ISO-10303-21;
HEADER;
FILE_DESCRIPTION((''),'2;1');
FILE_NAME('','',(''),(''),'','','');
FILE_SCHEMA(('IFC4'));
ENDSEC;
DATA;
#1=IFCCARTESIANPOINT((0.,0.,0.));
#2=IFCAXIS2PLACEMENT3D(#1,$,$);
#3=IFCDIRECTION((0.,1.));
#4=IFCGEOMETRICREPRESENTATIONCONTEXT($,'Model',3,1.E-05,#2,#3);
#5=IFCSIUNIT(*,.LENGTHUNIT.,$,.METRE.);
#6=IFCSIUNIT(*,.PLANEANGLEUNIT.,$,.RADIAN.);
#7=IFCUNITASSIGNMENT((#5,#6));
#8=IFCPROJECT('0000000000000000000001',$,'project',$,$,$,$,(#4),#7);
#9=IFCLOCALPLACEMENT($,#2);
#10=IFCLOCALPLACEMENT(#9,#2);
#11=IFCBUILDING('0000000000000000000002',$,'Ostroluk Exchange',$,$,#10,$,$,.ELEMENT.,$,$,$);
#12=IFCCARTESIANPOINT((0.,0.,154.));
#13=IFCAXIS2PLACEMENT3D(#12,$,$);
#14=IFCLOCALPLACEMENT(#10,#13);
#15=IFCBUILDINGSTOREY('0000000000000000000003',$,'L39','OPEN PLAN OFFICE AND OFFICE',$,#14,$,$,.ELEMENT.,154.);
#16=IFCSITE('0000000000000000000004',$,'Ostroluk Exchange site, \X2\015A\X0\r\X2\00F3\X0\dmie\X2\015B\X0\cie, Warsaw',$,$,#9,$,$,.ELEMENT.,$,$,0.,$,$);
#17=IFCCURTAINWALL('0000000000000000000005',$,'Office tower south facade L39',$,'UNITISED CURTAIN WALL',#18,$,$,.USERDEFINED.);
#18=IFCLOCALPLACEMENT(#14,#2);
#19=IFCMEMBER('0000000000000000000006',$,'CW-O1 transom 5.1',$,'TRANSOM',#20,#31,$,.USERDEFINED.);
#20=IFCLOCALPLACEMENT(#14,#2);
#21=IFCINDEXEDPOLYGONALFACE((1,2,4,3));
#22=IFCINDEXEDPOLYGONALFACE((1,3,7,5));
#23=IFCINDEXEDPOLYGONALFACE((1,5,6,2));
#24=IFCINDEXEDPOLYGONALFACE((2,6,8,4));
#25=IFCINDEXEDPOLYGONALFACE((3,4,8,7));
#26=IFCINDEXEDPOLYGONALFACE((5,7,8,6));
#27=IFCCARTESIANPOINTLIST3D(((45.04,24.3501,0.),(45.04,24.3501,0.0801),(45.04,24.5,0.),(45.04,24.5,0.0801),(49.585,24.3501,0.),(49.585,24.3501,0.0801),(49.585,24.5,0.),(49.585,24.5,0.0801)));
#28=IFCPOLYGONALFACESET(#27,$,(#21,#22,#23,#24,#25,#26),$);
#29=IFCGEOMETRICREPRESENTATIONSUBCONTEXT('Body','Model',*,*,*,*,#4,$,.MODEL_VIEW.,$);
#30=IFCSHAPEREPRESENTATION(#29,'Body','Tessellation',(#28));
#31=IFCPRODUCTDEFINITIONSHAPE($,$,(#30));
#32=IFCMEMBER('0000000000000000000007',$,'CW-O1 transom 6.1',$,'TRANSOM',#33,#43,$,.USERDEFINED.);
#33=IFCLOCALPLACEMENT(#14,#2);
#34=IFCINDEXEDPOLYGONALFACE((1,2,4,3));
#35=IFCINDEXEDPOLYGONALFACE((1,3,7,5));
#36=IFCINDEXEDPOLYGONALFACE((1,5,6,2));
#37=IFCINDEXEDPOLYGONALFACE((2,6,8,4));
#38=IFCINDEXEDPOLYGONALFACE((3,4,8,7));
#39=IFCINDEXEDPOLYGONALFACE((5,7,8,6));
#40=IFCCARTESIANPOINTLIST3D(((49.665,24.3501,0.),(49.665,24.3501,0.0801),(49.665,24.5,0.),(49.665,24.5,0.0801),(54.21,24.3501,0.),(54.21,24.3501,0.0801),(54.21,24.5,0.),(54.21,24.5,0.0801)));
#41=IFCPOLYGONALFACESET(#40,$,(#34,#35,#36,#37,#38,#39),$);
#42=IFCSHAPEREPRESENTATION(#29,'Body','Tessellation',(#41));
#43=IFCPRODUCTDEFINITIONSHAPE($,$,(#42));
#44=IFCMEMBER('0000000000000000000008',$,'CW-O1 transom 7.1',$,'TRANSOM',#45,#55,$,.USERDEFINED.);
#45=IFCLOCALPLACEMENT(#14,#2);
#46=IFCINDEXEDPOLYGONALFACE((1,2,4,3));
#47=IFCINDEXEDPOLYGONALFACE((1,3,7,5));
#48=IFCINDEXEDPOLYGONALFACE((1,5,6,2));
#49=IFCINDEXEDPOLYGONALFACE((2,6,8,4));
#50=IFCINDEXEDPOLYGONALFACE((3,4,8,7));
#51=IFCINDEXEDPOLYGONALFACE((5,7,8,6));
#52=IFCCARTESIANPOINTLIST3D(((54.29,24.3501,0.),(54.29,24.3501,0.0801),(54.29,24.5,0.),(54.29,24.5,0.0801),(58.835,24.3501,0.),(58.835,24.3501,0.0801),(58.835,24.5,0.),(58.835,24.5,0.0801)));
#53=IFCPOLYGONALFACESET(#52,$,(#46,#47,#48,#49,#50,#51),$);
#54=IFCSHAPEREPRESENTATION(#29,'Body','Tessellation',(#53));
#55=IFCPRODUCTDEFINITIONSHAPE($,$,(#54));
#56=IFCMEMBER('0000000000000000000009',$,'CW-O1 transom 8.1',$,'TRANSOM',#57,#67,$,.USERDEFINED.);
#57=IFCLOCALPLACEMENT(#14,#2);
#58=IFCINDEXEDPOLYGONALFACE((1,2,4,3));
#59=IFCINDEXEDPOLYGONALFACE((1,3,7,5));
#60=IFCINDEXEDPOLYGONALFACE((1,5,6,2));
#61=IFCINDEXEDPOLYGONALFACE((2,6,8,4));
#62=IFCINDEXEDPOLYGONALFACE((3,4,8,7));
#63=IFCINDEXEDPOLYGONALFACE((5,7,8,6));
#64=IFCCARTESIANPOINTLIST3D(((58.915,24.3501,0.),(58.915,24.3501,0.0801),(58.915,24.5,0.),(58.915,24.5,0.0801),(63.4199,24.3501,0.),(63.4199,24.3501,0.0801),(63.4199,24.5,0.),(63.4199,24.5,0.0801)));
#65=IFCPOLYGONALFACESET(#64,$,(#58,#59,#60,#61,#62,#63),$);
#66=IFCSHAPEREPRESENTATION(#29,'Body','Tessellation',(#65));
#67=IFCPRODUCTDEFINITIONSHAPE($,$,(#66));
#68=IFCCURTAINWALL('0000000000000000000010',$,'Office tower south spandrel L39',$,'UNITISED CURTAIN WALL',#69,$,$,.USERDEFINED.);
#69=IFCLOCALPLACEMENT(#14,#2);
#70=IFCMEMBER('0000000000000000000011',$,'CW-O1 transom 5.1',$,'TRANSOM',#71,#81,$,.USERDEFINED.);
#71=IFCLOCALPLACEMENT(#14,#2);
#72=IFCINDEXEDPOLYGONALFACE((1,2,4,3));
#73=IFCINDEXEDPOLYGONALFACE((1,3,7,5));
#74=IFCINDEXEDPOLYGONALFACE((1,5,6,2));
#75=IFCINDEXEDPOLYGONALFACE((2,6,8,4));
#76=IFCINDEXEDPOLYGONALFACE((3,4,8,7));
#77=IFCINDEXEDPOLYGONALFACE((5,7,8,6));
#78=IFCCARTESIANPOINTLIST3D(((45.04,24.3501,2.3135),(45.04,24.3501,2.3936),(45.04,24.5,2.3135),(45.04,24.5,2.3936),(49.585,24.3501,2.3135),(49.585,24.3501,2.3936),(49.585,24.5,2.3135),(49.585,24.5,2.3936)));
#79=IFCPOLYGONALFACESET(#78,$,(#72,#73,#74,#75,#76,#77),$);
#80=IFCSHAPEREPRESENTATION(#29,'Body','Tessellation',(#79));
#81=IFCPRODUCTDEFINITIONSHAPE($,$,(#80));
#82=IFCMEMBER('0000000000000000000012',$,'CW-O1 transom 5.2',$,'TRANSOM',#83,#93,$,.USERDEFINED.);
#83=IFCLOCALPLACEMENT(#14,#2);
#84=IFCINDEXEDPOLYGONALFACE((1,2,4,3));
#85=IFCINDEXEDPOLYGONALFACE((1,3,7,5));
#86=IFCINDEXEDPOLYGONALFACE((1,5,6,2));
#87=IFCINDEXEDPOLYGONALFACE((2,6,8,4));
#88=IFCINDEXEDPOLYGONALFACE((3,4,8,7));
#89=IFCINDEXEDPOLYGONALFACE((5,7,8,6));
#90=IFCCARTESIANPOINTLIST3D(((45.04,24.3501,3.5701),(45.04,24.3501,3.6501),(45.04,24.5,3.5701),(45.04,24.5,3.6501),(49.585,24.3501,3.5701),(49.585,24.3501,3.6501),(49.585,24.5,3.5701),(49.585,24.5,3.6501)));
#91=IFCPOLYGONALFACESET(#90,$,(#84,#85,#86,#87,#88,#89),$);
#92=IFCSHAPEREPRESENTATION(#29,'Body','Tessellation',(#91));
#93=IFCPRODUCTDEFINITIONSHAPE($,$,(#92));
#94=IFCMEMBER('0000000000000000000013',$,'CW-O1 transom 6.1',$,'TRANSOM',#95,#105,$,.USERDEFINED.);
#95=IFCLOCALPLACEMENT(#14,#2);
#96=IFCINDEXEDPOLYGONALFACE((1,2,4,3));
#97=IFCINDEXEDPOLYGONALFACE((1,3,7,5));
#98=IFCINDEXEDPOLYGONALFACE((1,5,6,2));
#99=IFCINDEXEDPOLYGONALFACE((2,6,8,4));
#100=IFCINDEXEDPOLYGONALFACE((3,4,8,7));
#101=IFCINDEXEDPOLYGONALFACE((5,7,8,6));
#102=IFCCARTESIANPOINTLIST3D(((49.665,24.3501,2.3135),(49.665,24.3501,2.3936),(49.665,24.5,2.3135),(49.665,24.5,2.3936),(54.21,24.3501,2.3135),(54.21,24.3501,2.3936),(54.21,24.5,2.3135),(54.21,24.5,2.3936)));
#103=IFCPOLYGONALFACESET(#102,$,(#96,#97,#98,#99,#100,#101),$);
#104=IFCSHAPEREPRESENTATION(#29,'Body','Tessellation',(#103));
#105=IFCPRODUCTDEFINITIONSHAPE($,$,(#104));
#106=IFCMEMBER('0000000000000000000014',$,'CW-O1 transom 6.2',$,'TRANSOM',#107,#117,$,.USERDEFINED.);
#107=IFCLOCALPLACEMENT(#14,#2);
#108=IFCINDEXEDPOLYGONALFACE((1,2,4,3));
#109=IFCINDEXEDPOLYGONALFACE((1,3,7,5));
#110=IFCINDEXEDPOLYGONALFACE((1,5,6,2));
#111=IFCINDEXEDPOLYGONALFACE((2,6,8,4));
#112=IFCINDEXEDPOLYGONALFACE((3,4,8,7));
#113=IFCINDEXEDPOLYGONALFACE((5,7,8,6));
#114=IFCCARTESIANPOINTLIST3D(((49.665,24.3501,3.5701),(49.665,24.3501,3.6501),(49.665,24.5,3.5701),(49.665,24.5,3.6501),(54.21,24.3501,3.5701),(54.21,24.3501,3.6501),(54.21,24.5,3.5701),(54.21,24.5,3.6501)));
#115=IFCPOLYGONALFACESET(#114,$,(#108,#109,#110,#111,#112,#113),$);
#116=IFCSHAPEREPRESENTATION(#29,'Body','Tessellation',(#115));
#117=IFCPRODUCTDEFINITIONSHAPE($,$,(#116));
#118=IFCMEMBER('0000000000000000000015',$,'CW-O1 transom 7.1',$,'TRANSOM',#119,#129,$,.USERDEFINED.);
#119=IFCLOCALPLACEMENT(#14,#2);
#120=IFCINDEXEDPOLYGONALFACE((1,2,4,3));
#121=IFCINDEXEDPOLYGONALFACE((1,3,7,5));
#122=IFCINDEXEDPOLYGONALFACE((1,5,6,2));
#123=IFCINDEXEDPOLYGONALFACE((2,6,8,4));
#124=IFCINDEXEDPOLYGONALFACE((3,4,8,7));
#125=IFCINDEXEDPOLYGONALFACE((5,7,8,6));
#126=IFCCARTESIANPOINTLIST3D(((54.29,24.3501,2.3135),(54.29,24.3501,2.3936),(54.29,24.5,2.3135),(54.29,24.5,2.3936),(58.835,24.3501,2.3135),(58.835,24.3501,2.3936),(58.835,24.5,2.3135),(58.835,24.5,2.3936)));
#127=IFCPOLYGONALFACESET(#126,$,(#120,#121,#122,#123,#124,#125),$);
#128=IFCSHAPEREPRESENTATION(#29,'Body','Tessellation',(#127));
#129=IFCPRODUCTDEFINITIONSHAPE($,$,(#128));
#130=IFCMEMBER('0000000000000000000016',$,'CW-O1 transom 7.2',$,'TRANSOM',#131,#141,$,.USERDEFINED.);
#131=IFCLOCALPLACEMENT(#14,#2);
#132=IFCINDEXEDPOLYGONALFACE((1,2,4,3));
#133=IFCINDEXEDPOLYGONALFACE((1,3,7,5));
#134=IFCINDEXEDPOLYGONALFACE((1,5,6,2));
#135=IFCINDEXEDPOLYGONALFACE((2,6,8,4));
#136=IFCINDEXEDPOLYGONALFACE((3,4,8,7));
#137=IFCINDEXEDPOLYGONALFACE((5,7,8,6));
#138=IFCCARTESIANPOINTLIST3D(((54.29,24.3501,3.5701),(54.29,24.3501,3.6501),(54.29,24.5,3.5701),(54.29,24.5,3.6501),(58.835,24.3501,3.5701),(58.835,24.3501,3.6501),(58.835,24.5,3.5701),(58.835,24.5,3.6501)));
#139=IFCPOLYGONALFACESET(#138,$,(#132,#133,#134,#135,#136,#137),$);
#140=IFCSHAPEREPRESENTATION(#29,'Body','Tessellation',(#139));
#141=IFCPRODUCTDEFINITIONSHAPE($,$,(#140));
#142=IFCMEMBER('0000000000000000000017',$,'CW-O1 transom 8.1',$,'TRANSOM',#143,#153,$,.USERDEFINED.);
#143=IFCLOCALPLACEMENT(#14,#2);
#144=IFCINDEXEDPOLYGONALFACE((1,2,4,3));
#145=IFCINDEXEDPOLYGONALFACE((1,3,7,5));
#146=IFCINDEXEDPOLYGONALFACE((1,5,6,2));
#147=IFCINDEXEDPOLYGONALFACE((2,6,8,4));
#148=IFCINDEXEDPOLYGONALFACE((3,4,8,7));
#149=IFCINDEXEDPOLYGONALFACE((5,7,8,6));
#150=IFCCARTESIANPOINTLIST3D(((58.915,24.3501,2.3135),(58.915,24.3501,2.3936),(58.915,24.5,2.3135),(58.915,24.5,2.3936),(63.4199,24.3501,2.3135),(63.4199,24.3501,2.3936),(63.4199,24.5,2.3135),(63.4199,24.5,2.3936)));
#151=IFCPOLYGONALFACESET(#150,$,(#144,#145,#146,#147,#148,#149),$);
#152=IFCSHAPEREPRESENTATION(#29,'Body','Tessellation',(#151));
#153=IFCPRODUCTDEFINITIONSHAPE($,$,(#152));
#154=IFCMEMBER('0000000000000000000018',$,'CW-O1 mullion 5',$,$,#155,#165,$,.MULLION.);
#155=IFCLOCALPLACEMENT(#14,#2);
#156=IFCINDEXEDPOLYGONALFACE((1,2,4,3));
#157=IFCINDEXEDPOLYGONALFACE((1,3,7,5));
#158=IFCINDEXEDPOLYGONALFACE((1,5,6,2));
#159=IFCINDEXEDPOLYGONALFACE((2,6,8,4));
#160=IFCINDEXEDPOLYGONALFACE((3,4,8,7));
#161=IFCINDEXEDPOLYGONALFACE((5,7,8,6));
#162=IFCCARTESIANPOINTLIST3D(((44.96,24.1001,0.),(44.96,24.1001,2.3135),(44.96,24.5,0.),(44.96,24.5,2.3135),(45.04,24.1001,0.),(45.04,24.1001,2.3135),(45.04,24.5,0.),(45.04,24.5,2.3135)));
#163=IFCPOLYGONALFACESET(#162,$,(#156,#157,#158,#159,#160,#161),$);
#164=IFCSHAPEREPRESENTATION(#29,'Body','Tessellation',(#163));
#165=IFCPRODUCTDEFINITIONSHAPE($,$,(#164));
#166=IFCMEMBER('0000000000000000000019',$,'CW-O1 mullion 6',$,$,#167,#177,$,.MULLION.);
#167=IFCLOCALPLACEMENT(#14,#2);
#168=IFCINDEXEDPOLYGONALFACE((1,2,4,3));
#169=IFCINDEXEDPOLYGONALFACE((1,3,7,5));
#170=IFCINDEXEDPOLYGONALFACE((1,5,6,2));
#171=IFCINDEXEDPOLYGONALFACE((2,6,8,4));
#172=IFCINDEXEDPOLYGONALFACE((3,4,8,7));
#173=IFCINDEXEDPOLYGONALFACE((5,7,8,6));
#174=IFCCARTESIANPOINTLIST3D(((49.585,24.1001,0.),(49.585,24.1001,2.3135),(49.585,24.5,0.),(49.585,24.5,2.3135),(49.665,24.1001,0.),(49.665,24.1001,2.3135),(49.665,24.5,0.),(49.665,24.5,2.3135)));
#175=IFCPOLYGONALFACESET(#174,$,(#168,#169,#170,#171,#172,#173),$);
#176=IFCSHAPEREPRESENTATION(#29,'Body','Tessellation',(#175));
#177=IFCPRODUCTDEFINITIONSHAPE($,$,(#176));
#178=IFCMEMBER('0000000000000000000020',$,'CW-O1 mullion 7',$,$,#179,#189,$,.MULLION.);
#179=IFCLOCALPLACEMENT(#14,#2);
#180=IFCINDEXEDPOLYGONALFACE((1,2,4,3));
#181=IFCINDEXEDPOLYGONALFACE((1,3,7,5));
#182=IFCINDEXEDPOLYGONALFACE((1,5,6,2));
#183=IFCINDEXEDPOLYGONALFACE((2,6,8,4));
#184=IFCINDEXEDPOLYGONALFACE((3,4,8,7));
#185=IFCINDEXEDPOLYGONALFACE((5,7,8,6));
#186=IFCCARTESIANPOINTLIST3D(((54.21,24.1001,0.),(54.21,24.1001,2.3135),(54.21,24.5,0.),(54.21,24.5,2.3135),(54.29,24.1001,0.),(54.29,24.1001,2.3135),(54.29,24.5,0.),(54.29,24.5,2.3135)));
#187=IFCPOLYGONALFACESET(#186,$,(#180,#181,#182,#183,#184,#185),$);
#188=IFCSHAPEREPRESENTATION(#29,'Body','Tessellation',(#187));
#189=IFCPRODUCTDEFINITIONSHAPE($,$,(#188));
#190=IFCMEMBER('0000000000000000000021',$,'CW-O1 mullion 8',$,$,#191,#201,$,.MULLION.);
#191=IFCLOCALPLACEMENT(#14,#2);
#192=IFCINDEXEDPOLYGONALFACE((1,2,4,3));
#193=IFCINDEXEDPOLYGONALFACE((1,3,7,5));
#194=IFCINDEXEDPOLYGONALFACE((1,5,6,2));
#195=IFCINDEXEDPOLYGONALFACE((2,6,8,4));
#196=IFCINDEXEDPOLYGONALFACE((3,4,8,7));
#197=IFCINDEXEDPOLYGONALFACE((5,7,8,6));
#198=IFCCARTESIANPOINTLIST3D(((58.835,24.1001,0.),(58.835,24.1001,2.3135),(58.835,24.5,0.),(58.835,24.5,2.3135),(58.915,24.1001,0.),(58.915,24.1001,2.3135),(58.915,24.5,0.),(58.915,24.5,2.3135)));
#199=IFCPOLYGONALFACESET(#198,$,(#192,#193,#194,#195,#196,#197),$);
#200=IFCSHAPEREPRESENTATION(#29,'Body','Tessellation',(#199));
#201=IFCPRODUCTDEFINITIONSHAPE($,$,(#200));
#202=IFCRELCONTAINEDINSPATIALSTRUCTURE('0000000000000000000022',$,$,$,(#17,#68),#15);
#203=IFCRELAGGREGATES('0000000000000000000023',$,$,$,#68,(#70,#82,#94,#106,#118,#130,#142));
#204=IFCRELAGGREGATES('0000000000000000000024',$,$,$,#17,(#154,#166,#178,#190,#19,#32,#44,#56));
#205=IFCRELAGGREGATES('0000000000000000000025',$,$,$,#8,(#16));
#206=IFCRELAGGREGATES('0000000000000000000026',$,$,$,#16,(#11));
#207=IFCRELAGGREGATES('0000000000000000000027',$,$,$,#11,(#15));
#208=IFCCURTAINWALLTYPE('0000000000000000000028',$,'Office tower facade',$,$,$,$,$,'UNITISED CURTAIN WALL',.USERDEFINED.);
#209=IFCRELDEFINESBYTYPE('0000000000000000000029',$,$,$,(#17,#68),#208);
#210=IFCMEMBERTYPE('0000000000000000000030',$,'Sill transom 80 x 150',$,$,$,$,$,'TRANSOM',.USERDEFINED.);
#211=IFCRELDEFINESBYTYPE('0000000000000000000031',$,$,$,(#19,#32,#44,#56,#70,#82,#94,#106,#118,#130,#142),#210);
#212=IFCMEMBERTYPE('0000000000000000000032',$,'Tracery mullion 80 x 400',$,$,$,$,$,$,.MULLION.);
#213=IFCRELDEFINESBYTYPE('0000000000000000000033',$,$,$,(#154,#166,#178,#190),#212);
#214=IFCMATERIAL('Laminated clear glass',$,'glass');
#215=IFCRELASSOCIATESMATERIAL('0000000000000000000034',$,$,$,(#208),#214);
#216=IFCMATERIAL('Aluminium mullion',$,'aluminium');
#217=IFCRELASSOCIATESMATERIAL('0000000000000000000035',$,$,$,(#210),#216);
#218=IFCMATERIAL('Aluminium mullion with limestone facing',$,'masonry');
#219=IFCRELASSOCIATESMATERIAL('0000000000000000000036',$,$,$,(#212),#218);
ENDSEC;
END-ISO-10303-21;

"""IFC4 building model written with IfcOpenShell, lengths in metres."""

from ifc_helpers import new_model, si_unit, direction, frame, origin, origin_2d, place, context, subcontext, project, spatial, rectangle, extrude, material, material_profile, profile_set, type_object, element, aggregate, save


model = new_model("IFC4")

# Units and contexts
model_context = context("Model", 3, precision=1e-05, world=origin(), true_north=direction((0.0, 1.0)))
body_context = subcontext(model_context, "Body", "Model", "MODEL_VIEW")
ifc_project = project(units=[si_unit("LENGTHUNIT", "METRE"), si_unit("PLANEANGLEUNIT", "RADIAN")], contexts=[model_context])

# Site, building, storey
site_placement = place(None, origin())
site = spatial("IfcSite", under=ifc_project, at=site_placement, Name="Ostroluk Exchange site, Śródmieście, Warsaw", CompositionType="ELEMENT", RefElevation=0.0)
building_placement = place(site_placement, origin())
building = spatial("IfcBuilding", under=site, at=building_placement, Name="Ostroluk Exchange", CompositionType="ELEMENT")
storey_placement = place(building_placement, frame((0.0, 0.0, 154.0)))
storey = spatial("IfcBuildingStorey", under=building, at=storey_placement, Name="L39", Description="OPEN PLAN OFFICE AND OFFICE", CompositionType="ELEMENT", Elevation=154.0)

# Curtain walls, members
ifc_material_1 = material(Name="Laminated clear glass", Category="glass")
curtain_wall_type = type_object("IfcCurtainWallType", Name="Office tower facade", ElementType="UNITISED CURTAIN WALL", PredefinedType="USERDEFINED", material=ifc_material_1)
curtain_wall_1_placement = place(storey_placement, origin())
curtain_wall_1 = element("IfcCurtainWall", 1, at=curtain_wall_1_placement, inside=storey, type_object=curtain_wall_type, Name="Office tower south facade L39", ObjectType="UNITISED CURTAIN WALL", PredefinedType="USERDEFINED")
ifc_material_2 = material(Name="Aluminium mullion", Category="aluminium")
ifc_material_profile_1 = material_profile(ifc_material_2, rectangle(XDim=0.1499, YDim=0.0801, at=origin_2d()), Name="Sill transom 80 x 150")
ifc_profile_set_1 = profile_set([ifc_material_profile_1], Name="Aluminium mullion")
member_type_1 = type_object("IfcMemberType", Name="Sill transom 80 x 150", ElementType="TRANSOM", PredefinedType="USERDEFINED", material=ifc_profile_set_1)
member_1_placement = place(storey_placement, frame((45.04, 24.425, 0.04), z_axis=(1.0, 0.0, 0.0), x_axis=(0.0, 1.0, 0.0)))
member_1 = element("IfcMember", 2, at=member_1_placement, type_object=member_type_1, Name="CW-O1 transom 5.1", ObjectType="TRANSOM", PredefinedType="USERDEFINED", context=body_context, shape_type="SweptSolid", body=[
    extrude(rectangle(XDim=0.1499, YDim=0.0801, at=origin_2d()), origin(), (0.0, 0.0, 1.0), 4.5449),
])
member_2_placement = place(storey_placement, frame((49.665, 24.425, 0.04), z_axis=(1.0, 0.0, 0.0), x_axis=(0.0, 1.0, 0.0)))
member_2 = element("IfcMember", 3, at=member_2_placement, type_object=member_type_1, Name="CW-O1 transom 6.1", ObjectType="TRANSOM", PredefinedType="USERDEFINED", context=body_context, shape_type="SweptSolid", body=[
    extrude(rectangle(XDim=0.1499, YDim=0.0801, at=origin_2d()), origin(), (0.0, 0.0, 1.0), 4.5449),
])
member_3_placement = place(storey_placement, frame((54.29, 24.425, 0.04), z_axis=(1.0, 0.0, 0.0), x_axis=(0.0, 1.0, 0.0)))
member_3 = element("IfcMember", 4, at=member_3_placement, type_object=member_type_1, Name="CW-O1 transom 7.1", ObjectType="TRANSOM", PredefinedType="USERDEFINED", context=body_context, shape_type="SweptSolid", body=[
    extrude(rectangle(XDim=0.1499, YDim=0.0801, at=origin_2d()), origin(), (0.0, 0.0, 1.0), 4.5449),
])
member_4_placement = place(storey_placement, frame((58.915, 24.425, 0.04), z_axis=(1.0, 0.0, 0.0), x_axis=(0.0, 1.0, 0.0)))
member_4 = element("IfcMember", 5, at=member_4_placement, type_object=member_type_1, Name="CW-O1 transom 8.1", ObjectType="TRANSOM", PredefinedType="USERDEFINED", context=body_context, shape_type="SweptSolid", body=[
    extrude(rectangle(XDim=0.1499, YDim=0.0801, at=origin_2d()), origin(), (0.0, 0.0, 1.0), 4.5049),
])
curtain_wall_2_placement = place(storey_placement, origin())
curtain_wall_2 = element("IfcCurtainWall", 6, at=curtain_wall_2_placement, inside=storey, type_object=curtain_wall_type, Name="Office tower south spandrel L39", ObjectType="UNITISED CURTAIN WALL", PredefinedType="USERDEFINED")
member_5_placement = place(storey_placement, frame((45.04, 24.425, 2.3535), z_axis=(1.0, 0.0, 0.0), x_axis=(0.0, 1.0, 0.0)))
member_5 = element("IfcMember", 7, at=member_5_placement, type_object=member_type_1, Name="CW-O1 transom 5.1", ObjectType="TRANSOM", PredefinedType="USERDEFINED", context=body_context, shape_type="SweptSolid", body=[
    extrude(rectangle(XDim=0.1499, YDim=0.0801, at=origin_2d()), origin(), (0.0, 0.0, 1.0), 4.5449),
])
member_6_placement = place(storey_placement, frame((45.04, 24.425, 3.6101), z_axis=(1.0, 0.0, 0.0), x_axis=(0.0, 1.0, 0.0)))
member_6 = element("IfcMember", 8, at=member_6_placement, type_object=member_type_1, Name="CW-O1 transom 5.2", ObjectType="TRANSOM", PredefinedType="USERDEFINED", context=body_context, shape_type="SweptSolid", body=[
    extrude(rectangle(XDim=0.1499, YDim=0.0801, at=origin_2d()), origin(), (0.0, 0.0, 1.0), 4.5449),
])
member_7_placement = place(storey_placement, frame((49.665, 24.425, 2.3535), z_axis=(1.0, 0.0, 0.0), x_axis=(0.0, 1.0, 0.0)))
member_7 = element("IfcMember", 9, at=member_7_placement, type_object=member_type_1, Name="CW-O1 transom 6.1", ObjectType="TRANSOM", PredefinedType="USERDEFINED", context=body_context, shape_type="SweptSolid", body=[
    extrude(rectangle(XDim=0.1499, YDim=0.0801, at=origin_2d()), origin(), (0.0, 0.0, 1.0), 4.5449),
])
member_8_placement = place(storey_placement, frame((49.665, 24.425, 3.6101), z_axis=(1.0, 0.0, 0.0), x_axis=(0.0, 1.0, 0.0)))
member_8 = element("IfcMember", 10, at=member_8_placement, type_object=member_type_1, Name="CW-O1 transom 6.2", ObjectType="TRANSOM", PredefinedType="USERDEFINED", context=body_context, shape_type="SweptSolid", body=[
    extrude(rectangle(XDim=0.1499, YDim=0.0801, at=origin_2d()), origin(), (0.0, 0.0, 1.0), 4.5449),
])
member_9_placement = place(storey_placement, frame((54.29, 24.425, 2.3535), z_axis=(1.0, 0.0, 0.0), x_axis=(0.0, 1.0, 0.0)))
member_9 = element("IfcMember", 11, at=member_9_placement, type_object=member_type_1, Name="CW-O1 transom 7.1", ObjectType="TRANSOM", PredefinedType="USERDEFINED", context=body_context, shape_type="SweptSolid", body=[
    extrude(rectangle(XDim=0.1499, YDim=0.0801, at=origin_2d()), origin(), (0.0, 0.0, 1.0), 4.5449),
])
member_10_placement = place(storey_placement, frame((54.29, 24.425, 3.6101), z_axis=(1.0, 0.0, 0.0), x_axis=(0.0, 1.0, 0.0)))
member_10 = element("IfcMember", 12, at=member_10_placement, type_object=member_type_1, Name="CW-O1 transom 7.2", ObjectType="TRANSOM", PredefinedType="USERDEFINED", context=body_context, shape_type="SweptSolid", body=[
    extrude(rectangle(XDim=0.1499, YDim=0.0801, at=origin_2d()), origin(), (0.0, 0.0, 1.0), 4.5449),
])
member_11_placement = place(storey_placement, frame((58.915, 24.425, 2.3535), z_axis=(1.0, 0.0, 0.0), x_axis=(0.0, 1.0, 0.0)))
member_11 = element("IfcMember", 13, at=member_11_placement, type_object=member_type_1, Name="CW-O1 transom 8.1", ObjectType="TRANSOM", PredefinedType="USERDEFINED", context=body_context, shape_type="SweptSolid", body=[
    extrude(rectangle(XDim=0.1499, YDim=0.0801, at=origin_2d()), origin(), (0.0, 0.0, 1.0), 4.5049),
])

# Members
ifc_material_3 = material(Name="Aluminium mullion with limestone facing", Category="masonry")
ifc_material_profile_2 = material_profile(ifc_material_3, rectangle(XDim=0.3999, YDim=0.0801, at=origin_2d()), Name="Tracery mullion 80 x 400")
ifc_profile_set_2 = profile_set([ifc_material_profile_2], Name="Aluminium mullion with limestone facing")
member_type_2 = type_object("IfcMemberType", Name="Tracery mullion 80 x 400", PredefinedType="MULLION", material=ifc_profile_set_2)
member_12_placement = place(storey_placement, frame((45.0, 24.3, 0.0), z_axis=(0.0, 0.0, 1.0), x_axis=(0.0, 1.0, 0.0)))
member_12 = element("IfcMember", 14, at=member_12_placement, type_object=member_type_2, Name="CW-O1 mullion 5", PredefinedType="MULLION", context=body_context, shape_type="SweptSolid", body=[
    extrude(rectangle(XDim=0.3999, YDim=0.0801, at=origin_2d()), origin(), (0.0, 0.0, 1.0), 2.3135),
])
member_13_placement = place(storey_placement, frame((49.625, 24.3, 0.0), z_axis=(0.0, 0.0, 1.0), x_axis=(0.0, 1.0, 0.0)))
member_13 = element("IfcMember", 15, at=member_13_placement, type_object=member_type_2, Name="CW-O1 mullion 6", PredefinedType="MULLION", context=body_context, shape_type="SweptSolid", body=[
    extrude(rectangle(XDim=0.3999, YDim=0.0801, at=origin_2d()), origin(), (0.0, 0.0, 1.0), 2.3135),
])
member_14_placement = place(storey_placement, frame((54.25, 24.3, 0.0), z_axis=(0.0, 0.0, 1.0), x_axis=(0.0, 1.0, 0.0)))
member_14 = element("IfcMember", 16, at=member_14_placement, type_object=member_type_2, Name="CW-O1 mullion 7", PredefinedType="MULLION", context=body_context, shape_type="SweptSolid", body=[
    extrude(rectangle(XDim=0.3999, YDim=0.0801, at=origin_2d()), origin(), (0.0, 0.0, 1.0), 2.3135),
])
member_15_placement = place(storey_placement, frame((58.875, 24.3, 0.0), z_axis=(0.0, 0.0, 1.0), x_axis=(0.0, 1.0, 0.0)))
member_15 = element("IfcMember", 17, at=member_15_placement, type_object=member_type_2, Name="CW-O1 mullion 8", PredefinedType="MULLION", context=body_context, shape_type="SweptSolid", body=[
    extrude(rectangle(XDim=0.3999, YDim=0.0801, at=origin_2d()), origin(), (0.0, 0.0, 1.0), 2.3135),
])

aggregate(curtain_wall_2, [member_5, member_6, member_7, member_8, member_9, member_10, member_11])
aggregate(curtain_wall_1, [member_12, member_13, member_14, member_15, member_1, member_2, member_3, member_4])

save(model, "model.ifc")
